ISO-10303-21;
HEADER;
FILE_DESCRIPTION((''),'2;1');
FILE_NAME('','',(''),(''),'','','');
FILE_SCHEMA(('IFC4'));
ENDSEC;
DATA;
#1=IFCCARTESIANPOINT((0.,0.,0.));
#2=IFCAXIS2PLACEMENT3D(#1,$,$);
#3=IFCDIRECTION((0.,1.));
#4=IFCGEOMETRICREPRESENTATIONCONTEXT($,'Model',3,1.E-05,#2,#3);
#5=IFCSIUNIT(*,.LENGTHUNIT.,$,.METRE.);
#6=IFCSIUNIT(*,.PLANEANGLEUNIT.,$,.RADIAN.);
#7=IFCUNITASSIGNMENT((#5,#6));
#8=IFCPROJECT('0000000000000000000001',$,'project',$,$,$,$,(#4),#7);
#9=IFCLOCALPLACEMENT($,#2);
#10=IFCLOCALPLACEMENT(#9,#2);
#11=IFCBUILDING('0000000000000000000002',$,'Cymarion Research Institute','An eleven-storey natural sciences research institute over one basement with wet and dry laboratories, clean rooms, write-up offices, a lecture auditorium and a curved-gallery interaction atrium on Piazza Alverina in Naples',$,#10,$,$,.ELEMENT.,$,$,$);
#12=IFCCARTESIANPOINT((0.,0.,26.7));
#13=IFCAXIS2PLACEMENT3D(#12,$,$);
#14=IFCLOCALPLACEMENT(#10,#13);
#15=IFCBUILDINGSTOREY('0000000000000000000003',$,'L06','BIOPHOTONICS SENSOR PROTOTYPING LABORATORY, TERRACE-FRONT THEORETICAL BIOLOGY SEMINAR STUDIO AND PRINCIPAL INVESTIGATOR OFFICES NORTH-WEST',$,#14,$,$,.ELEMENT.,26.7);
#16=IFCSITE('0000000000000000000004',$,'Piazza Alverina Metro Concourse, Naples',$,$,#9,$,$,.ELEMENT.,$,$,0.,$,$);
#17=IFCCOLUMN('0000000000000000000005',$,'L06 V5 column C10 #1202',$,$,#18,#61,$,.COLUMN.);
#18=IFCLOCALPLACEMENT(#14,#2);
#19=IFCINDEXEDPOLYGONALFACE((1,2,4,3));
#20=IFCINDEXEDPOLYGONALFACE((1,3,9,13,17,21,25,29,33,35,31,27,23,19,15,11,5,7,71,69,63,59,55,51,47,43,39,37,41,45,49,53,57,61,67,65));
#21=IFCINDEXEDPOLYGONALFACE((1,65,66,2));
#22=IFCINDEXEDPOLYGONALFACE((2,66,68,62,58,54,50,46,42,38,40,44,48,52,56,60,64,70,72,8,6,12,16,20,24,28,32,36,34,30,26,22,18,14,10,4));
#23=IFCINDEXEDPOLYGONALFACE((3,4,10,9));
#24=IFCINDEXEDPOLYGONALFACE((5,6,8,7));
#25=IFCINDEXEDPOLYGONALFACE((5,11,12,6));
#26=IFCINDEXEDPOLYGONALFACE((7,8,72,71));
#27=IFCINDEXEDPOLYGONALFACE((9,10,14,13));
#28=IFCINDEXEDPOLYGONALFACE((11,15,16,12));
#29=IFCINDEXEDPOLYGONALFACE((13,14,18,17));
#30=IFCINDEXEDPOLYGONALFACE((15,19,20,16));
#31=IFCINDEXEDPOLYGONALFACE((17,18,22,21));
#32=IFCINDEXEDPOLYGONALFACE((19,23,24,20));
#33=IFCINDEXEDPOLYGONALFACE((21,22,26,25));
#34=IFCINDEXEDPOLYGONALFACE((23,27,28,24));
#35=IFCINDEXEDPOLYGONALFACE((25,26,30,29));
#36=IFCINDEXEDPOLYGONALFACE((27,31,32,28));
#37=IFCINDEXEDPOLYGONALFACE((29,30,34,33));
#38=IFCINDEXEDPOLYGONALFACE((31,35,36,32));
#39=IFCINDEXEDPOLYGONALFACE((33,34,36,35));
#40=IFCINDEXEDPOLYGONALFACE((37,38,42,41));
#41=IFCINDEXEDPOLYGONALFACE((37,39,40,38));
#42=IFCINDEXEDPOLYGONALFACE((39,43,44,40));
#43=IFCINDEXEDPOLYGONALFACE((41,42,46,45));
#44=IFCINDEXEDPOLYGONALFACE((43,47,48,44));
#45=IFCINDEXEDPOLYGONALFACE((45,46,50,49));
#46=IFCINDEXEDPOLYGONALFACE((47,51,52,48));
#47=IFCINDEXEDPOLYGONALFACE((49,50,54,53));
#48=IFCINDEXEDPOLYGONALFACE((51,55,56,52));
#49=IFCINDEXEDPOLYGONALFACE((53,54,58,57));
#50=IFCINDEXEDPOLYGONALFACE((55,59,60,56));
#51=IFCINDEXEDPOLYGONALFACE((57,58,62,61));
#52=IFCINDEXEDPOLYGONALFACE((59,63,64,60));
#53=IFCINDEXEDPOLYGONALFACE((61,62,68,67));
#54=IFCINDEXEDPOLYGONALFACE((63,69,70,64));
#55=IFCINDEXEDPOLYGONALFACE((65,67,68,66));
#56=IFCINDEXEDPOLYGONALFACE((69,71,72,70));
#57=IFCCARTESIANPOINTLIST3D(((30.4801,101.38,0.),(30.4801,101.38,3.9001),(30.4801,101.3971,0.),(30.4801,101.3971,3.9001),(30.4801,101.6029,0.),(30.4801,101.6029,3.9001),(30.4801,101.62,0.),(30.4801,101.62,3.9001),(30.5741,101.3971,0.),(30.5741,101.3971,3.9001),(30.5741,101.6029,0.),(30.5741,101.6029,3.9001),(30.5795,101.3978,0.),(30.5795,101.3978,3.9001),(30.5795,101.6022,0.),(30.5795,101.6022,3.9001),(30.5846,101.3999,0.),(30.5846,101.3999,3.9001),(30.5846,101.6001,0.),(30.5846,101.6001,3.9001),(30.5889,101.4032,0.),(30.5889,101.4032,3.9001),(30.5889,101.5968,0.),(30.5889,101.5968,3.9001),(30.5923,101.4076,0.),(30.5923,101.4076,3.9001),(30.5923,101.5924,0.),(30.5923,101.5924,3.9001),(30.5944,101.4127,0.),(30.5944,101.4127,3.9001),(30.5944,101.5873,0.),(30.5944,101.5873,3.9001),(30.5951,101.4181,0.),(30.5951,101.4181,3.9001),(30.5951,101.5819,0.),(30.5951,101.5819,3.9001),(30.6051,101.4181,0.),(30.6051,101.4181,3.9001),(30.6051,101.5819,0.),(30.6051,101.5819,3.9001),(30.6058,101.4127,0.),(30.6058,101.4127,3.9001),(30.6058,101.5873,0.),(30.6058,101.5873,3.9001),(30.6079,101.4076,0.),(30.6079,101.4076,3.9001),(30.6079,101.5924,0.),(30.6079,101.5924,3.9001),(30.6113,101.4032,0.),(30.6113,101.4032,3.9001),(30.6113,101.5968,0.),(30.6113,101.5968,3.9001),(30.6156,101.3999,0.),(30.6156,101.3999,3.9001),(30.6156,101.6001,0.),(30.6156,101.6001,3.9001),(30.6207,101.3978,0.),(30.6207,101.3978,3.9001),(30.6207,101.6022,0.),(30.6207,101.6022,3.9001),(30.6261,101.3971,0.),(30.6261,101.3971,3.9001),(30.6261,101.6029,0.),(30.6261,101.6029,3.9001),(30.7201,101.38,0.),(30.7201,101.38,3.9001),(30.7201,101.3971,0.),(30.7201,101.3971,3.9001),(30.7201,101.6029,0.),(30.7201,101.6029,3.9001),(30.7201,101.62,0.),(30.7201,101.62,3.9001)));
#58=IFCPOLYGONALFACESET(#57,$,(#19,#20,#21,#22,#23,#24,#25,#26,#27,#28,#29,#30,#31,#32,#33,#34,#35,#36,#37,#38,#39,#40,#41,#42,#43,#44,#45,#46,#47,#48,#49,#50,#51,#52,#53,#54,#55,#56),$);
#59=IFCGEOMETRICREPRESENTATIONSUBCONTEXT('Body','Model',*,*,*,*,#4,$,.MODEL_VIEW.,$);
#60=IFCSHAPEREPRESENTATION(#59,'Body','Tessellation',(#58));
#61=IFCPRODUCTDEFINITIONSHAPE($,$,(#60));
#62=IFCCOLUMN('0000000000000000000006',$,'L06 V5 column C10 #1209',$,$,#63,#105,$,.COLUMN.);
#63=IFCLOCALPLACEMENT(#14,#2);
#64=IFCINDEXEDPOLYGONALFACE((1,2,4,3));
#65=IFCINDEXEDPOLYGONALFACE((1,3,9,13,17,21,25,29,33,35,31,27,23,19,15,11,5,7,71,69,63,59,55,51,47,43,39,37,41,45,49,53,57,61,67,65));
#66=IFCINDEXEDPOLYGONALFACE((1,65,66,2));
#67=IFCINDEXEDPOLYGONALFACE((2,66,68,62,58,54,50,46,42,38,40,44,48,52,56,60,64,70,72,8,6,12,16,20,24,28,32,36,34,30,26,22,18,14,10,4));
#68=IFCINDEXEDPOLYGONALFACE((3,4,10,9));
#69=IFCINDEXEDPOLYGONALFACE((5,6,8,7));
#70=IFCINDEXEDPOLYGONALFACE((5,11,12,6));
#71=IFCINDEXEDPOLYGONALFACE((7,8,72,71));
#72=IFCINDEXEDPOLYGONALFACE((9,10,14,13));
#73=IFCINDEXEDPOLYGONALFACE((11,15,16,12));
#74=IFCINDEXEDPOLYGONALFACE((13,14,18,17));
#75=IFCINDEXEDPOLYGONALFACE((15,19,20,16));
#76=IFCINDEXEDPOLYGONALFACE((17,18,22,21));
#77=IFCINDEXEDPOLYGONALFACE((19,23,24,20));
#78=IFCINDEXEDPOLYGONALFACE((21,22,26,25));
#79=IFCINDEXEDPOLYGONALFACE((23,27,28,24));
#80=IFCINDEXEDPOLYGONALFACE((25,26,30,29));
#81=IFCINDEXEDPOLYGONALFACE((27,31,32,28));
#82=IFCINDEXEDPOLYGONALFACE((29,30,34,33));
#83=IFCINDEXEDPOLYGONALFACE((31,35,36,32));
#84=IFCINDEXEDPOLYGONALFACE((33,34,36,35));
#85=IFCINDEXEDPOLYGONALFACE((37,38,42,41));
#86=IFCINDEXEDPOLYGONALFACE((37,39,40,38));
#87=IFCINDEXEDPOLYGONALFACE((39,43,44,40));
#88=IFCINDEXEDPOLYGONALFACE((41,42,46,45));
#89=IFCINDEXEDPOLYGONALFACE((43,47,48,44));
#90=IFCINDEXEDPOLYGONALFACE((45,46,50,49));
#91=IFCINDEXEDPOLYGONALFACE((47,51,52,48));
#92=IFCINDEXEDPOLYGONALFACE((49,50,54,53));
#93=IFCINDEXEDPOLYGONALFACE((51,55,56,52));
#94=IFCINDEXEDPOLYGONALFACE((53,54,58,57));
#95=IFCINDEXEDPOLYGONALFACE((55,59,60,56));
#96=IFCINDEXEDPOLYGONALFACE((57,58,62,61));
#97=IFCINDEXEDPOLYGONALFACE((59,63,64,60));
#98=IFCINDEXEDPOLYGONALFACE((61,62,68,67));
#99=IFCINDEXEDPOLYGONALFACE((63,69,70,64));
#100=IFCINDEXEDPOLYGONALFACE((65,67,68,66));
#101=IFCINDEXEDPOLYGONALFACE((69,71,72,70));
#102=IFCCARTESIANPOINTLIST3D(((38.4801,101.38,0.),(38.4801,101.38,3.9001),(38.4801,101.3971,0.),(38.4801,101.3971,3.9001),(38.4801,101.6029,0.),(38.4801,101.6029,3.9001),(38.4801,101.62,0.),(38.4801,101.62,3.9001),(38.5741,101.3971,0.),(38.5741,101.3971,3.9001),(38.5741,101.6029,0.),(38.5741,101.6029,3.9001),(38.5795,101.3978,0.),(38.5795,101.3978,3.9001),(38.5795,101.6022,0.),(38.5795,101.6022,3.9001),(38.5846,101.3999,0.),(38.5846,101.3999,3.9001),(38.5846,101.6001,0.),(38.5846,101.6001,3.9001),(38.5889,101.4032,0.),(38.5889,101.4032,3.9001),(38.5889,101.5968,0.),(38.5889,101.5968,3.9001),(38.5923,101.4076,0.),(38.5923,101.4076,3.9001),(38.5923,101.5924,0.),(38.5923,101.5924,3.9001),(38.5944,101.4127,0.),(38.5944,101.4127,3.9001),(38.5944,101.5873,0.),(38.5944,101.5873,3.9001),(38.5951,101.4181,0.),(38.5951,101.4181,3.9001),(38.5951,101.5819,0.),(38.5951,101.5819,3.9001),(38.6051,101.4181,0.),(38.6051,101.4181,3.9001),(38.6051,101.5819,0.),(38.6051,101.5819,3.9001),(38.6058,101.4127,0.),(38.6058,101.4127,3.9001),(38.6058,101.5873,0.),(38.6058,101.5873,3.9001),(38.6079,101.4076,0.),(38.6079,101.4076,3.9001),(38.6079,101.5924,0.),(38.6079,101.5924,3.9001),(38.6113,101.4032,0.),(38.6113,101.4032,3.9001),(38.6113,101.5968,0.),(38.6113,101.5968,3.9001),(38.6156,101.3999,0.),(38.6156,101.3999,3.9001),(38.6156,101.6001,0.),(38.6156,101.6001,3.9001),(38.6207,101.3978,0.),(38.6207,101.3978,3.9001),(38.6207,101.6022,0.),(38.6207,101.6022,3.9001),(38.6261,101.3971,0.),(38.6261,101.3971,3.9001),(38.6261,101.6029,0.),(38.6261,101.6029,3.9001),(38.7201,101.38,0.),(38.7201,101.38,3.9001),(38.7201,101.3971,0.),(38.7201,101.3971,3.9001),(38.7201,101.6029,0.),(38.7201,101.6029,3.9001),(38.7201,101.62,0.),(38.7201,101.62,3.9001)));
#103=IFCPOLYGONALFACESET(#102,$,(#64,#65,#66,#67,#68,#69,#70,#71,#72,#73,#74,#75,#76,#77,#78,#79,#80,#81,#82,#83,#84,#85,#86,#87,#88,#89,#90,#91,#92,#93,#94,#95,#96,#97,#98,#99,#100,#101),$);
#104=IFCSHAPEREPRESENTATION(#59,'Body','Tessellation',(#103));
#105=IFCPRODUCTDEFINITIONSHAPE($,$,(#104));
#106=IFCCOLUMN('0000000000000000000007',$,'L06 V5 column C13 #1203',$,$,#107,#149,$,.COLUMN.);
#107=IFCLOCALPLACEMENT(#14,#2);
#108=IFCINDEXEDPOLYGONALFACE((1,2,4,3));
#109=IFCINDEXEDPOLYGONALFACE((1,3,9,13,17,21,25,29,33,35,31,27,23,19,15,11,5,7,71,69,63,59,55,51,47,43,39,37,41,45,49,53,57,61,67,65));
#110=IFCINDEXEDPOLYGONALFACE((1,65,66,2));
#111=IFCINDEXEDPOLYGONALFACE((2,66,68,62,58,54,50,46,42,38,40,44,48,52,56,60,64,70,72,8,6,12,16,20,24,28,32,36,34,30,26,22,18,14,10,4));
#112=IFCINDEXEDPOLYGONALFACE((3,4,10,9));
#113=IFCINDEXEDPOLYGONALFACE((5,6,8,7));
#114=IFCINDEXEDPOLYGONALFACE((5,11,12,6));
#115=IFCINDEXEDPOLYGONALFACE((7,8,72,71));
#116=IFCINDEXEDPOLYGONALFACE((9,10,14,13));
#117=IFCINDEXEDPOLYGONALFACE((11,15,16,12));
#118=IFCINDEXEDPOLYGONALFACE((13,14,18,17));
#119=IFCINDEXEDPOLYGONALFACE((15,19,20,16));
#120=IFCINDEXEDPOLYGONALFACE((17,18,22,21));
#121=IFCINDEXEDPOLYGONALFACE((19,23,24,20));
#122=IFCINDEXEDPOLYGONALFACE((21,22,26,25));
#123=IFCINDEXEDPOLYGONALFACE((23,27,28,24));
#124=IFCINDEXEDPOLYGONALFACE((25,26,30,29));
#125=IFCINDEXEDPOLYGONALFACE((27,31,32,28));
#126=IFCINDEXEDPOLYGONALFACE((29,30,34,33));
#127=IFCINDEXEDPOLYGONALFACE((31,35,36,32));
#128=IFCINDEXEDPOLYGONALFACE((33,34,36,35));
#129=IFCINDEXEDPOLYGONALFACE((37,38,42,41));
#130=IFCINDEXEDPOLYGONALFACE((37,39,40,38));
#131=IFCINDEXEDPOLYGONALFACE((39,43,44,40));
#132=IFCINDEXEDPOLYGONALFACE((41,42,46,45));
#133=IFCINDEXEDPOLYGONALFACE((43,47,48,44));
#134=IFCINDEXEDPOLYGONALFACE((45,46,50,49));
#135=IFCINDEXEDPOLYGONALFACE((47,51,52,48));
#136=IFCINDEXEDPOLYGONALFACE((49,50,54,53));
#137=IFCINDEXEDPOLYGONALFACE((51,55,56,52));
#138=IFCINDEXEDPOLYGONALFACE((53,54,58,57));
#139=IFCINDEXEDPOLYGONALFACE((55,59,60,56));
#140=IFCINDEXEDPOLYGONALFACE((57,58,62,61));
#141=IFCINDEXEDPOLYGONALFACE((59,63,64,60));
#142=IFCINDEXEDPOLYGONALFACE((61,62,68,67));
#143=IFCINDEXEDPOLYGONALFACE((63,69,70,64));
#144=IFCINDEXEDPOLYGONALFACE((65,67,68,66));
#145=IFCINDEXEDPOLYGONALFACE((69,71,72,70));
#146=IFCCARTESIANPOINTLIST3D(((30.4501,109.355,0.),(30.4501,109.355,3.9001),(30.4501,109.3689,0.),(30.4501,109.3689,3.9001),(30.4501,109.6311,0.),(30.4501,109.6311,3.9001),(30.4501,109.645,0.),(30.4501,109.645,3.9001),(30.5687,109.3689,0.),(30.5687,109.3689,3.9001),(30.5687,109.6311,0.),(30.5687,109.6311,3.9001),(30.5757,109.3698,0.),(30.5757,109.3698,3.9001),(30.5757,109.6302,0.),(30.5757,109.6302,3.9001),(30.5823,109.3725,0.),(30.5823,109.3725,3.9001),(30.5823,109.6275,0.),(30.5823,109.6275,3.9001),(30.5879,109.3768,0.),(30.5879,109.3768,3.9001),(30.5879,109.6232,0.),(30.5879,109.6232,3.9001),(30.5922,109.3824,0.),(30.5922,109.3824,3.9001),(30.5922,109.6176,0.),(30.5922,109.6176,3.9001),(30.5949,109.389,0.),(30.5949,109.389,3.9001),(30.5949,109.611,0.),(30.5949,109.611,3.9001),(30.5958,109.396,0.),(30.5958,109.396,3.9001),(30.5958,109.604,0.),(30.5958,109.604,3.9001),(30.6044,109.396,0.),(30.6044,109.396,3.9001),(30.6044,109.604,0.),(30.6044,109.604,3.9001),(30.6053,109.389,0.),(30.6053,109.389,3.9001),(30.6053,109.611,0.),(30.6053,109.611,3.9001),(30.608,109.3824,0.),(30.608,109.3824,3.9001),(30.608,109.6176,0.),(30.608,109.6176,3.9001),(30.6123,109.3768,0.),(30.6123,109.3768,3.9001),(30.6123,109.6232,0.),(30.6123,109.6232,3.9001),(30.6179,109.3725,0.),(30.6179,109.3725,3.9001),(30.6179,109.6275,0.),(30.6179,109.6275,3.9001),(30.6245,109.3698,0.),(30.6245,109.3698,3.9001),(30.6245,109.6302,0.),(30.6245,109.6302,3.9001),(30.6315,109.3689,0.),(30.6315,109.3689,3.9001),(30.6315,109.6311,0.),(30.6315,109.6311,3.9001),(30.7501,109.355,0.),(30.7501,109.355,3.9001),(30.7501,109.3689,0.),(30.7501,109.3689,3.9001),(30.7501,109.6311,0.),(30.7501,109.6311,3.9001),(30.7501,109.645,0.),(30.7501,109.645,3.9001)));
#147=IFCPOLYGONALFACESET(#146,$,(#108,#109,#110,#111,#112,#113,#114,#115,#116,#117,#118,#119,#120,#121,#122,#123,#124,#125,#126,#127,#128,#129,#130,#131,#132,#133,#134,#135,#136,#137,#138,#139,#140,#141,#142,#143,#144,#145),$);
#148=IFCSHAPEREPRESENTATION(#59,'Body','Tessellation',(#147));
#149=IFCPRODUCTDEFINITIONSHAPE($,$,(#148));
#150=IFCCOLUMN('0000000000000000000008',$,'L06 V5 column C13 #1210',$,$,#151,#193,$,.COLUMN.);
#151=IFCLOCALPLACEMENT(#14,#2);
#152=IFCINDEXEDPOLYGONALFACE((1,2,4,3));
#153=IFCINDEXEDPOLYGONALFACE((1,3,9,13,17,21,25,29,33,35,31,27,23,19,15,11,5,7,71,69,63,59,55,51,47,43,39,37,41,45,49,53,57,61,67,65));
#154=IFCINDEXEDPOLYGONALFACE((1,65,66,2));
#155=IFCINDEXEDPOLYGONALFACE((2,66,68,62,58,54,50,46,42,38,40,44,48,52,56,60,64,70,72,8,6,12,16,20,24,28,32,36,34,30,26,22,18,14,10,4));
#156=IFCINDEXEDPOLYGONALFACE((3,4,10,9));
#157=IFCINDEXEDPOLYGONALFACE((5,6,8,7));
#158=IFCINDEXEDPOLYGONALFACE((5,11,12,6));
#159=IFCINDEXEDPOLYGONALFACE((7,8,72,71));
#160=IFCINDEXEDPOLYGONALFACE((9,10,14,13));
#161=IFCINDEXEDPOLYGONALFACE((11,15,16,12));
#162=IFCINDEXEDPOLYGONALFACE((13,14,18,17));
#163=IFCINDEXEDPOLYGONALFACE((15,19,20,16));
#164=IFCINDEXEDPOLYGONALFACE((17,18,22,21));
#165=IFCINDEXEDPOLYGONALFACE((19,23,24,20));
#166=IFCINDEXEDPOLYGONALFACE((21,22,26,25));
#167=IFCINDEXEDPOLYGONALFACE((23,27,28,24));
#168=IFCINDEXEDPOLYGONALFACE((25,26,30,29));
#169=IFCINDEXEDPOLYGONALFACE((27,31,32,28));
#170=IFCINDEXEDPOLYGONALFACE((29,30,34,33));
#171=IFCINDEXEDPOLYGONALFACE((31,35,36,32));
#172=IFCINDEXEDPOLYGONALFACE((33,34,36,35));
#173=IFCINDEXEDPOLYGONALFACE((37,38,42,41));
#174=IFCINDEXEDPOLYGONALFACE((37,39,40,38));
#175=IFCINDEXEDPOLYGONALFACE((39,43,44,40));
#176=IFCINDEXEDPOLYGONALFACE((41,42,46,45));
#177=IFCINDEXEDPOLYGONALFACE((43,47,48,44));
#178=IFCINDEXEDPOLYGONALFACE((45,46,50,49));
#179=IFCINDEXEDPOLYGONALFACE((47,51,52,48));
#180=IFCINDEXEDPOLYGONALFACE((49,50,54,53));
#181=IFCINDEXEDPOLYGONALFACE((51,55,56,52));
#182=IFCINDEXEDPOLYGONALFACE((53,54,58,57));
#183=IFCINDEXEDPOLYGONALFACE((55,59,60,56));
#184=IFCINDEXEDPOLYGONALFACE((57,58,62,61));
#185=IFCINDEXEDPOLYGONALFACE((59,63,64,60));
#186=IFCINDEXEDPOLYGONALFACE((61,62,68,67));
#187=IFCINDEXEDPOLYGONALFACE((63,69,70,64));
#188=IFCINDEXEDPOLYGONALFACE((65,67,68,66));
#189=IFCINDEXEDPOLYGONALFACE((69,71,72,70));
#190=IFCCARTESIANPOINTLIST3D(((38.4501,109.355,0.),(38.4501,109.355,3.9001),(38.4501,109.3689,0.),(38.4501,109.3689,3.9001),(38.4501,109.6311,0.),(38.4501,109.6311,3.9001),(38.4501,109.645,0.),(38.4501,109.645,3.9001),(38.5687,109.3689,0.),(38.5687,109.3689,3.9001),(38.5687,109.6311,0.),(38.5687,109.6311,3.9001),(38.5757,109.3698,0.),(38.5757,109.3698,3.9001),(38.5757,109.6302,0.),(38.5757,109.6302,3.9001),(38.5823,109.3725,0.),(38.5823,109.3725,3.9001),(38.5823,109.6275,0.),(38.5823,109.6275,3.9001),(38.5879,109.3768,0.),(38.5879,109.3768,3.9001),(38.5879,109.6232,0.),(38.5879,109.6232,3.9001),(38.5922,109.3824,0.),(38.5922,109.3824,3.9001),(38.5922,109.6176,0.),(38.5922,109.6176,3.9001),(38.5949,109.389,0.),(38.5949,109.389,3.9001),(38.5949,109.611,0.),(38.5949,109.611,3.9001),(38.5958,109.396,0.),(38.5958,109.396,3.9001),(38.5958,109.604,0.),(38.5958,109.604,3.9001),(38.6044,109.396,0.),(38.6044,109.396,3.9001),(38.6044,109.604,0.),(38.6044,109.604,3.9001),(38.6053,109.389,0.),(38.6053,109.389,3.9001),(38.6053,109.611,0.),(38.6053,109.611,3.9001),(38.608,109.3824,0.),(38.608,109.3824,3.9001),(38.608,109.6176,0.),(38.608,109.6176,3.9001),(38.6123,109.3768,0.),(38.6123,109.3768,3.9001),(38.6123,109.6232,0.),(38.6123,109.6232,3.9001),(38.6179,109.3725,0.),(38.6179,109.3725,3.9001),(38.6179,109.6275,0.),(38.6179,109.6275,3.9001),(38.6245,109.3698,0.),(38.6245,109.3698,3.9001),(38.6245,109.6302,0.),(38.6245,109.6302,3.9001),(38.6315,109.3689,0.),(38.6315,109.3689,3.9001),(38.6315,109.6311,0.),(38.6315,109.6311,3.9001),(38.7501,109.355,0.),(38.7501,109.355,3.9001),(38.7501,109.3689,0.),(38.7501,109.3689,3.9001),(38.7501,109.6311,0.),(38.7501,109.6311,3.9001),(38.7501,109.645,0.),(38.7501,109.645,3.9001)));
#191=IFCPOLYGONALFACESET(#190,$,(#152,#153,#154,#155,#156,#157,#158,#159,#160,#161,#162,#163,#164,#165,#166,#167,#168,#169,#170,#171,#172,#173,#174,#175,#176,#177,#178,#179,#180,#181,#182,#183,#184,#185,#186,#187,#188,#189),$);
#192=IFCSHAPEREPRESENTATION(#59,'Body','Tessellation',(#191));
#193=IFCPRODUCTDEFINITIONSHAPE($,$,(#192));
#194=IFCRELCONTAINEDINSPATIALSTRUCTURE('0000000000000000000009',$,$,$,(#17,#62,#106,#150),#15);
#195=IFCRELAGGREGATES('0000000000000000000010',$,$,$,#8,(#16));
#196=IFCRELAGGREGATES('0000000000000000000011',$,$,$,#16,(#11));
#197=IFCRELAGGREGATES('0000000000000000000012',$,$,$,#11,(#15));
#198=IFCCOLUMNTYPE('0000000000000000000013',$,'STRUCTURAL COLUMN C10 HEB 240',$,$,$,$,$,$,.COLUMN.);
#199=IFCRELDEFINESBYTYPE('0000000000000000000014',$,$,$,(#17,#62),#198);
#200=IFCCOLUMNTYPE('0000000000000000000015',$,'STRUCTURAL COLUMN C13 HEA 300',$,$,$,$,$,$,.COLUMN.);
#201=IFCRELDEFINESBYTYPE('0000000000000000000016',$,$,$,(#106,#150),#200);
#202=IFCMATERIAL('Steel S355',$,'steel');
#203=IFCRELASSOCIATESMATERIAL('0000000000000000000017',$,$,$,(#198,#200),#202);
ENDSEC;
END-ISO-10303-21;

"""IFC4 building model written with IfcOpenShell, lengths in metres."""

from ifc_helpers import new_model, si_unit, direction, frame, origin, origin_2d, place, context, subcontext, project, spatial, i_section, extrude, material, material_profile, profile_set, type_object, element, save


model = new_model("IFC4")

# Units and contexts
model_context = context("Model", 3, precision=1e-05, world=origin(), true_north=direction((0.0, 1.0)))
body_context = subcontext(model_context, "Body", "Model", "MODEL_VIEW")
ifc_project = project(units=[si_unit("LENGTHUNIT", "METRE"), si_unit("PLANEANGLEUNIT", "RADIAN")], contexts=[model_context])

# Site, building, storey
site_placement = place(None, origin())
site = spatial("IfcSite", under=ifc_project, at=site_placement, Name="Piazza Alverina Metro Concourse, Naples", CompositionType="ELEMENT", RefElevation=0.0)
building_placement = place(site_placement, origin())
building = spatial("IfcBuilding", under=site, at=building_placement, Name="Cymarion Research Institute", Description="An eleven-storey natural sciences research institute over one basement with wet and dry laboratories, clean rooms, write-up offices, a lecture auditorium and a curved-gallery interaction atrium on Piazza Alverina in Naples", CompositionType="ELEMENT")
storey_placement = place(building_placement, frame((0.0, 0.0, 26.7)))
storey = spatial("IfcBuildingStorey", under=building, at=storey_placement, Name="L06", Description="BIOPHOTONICS SENSOR PROTOTYPING LABORATORY, TERRACE-FRONT THEORETICAL BIOLOGY SEMINAR STUDIO AND PRINCIPAL INVESTIGATOR OFFICES NORTH-WEST", CompositionType="ELEMENT", Elevation=26.7)

# Columns
ifc_material_1 = material(Name="Steel S355", Category="steel")
ifc_material_profile_1 = material_profile(ifc_material_1, i_section(OverallWidth=0.24, OverallDepth=0.24, WebThickness=0.01, FlangeThickness=0.0171, FilletRadius=0.021, at=origin_2d()), Name="HEB 240")
ifc_profile_set_1 = profile_set([ifc_material_profile_1], Name="Steel S355")
column_type_1 = type_object("IfcColumnType", Name="STRUCTURAL COLUMN C10 HEB 240", PredefinedType="COLUMN", material=ifc_profile_set_1)
for number, where, z_axis, x_axis, name in (
    (1, (30.6001, 101.5, 0.0), (0.0, 0.0, 1.0), (1.0, 0.0, 0.0), "L06 V5 column C10 #1202"),
    (2, (38.6001, 101.5, 0.0), (0.0, 0.0, 1.0), (1.0, 0.0, 0.0), "L06 V5 column C10 #1209"),
):
    element("IfcColumn", number, at=place(storey_placement, frame(where, z_axis=z_axis, x_axis=x_axis)), inside=storey, type_object=column_type_1, Name=name, PredefinedType="COLUMN", context=body_context, shape_type="SweptSolid", body=[
        extrude(i_section(OverallWidth=0.24, OverallDepth=0.24, WebThickness=0.01, FlangeThickness=0.0171, FilletRadius=0.021, at=origin_2d()), origin(), (0.0, 0.0, 1.0), 3.9001),
    ])
ifc_material_profile_2 = material_profile(ifc_material_1, i_section(OverallWidth=0.3, OverallDepth=0.29, WebThickness=0.0085, FlangeThickness=0.0139, FilletRadius=0.0271, at=origin_2d()), Name="HEA 300")
ifc_profile_set_2 = profile_set([ifc_material_profile_2], Name="Steel S355")
column_type_2 = type_object("IfcColumnType", Name="STRUCTURAL COLUMN C13 HEA 300", PredefinedType="COLUMN", material=ifc_profile_set_2)
for number, where, z_axis, x_axis, name in (
    (3, (30.6001, 109.5, 0.0), (0.0, 0.0, 1.0), (1.0, 0.0, 0.0), "L06 V5 column C13 #1203"),
    (4, (38.6001, 109.5, 0.0), (0.0, 0.0, 1.0), (1.0, 0.0, 0.0), "L06 V5 column C13 #1210"),
):
    element("IfcColumn", number, at=place(storey_placement, frame(where, z_axis=z_axis, x_axis=x_axis)), inside=storey, type_object=column_type_2, Name=name, PredefinedType="COLUMN", context=body_context, shape_type="SweptSolid", body=[
        extrude(i_section(OverallWidth=0.3, OverallDepth=0.29, WebThickness=0.0085, FlangeThickness=0.0139, FilletRadius=0.0271, at=origin_2d()), origin(), (0.0, 0.0, 1.0), 3.9001),
    ])

save(model, "model.ifc")
